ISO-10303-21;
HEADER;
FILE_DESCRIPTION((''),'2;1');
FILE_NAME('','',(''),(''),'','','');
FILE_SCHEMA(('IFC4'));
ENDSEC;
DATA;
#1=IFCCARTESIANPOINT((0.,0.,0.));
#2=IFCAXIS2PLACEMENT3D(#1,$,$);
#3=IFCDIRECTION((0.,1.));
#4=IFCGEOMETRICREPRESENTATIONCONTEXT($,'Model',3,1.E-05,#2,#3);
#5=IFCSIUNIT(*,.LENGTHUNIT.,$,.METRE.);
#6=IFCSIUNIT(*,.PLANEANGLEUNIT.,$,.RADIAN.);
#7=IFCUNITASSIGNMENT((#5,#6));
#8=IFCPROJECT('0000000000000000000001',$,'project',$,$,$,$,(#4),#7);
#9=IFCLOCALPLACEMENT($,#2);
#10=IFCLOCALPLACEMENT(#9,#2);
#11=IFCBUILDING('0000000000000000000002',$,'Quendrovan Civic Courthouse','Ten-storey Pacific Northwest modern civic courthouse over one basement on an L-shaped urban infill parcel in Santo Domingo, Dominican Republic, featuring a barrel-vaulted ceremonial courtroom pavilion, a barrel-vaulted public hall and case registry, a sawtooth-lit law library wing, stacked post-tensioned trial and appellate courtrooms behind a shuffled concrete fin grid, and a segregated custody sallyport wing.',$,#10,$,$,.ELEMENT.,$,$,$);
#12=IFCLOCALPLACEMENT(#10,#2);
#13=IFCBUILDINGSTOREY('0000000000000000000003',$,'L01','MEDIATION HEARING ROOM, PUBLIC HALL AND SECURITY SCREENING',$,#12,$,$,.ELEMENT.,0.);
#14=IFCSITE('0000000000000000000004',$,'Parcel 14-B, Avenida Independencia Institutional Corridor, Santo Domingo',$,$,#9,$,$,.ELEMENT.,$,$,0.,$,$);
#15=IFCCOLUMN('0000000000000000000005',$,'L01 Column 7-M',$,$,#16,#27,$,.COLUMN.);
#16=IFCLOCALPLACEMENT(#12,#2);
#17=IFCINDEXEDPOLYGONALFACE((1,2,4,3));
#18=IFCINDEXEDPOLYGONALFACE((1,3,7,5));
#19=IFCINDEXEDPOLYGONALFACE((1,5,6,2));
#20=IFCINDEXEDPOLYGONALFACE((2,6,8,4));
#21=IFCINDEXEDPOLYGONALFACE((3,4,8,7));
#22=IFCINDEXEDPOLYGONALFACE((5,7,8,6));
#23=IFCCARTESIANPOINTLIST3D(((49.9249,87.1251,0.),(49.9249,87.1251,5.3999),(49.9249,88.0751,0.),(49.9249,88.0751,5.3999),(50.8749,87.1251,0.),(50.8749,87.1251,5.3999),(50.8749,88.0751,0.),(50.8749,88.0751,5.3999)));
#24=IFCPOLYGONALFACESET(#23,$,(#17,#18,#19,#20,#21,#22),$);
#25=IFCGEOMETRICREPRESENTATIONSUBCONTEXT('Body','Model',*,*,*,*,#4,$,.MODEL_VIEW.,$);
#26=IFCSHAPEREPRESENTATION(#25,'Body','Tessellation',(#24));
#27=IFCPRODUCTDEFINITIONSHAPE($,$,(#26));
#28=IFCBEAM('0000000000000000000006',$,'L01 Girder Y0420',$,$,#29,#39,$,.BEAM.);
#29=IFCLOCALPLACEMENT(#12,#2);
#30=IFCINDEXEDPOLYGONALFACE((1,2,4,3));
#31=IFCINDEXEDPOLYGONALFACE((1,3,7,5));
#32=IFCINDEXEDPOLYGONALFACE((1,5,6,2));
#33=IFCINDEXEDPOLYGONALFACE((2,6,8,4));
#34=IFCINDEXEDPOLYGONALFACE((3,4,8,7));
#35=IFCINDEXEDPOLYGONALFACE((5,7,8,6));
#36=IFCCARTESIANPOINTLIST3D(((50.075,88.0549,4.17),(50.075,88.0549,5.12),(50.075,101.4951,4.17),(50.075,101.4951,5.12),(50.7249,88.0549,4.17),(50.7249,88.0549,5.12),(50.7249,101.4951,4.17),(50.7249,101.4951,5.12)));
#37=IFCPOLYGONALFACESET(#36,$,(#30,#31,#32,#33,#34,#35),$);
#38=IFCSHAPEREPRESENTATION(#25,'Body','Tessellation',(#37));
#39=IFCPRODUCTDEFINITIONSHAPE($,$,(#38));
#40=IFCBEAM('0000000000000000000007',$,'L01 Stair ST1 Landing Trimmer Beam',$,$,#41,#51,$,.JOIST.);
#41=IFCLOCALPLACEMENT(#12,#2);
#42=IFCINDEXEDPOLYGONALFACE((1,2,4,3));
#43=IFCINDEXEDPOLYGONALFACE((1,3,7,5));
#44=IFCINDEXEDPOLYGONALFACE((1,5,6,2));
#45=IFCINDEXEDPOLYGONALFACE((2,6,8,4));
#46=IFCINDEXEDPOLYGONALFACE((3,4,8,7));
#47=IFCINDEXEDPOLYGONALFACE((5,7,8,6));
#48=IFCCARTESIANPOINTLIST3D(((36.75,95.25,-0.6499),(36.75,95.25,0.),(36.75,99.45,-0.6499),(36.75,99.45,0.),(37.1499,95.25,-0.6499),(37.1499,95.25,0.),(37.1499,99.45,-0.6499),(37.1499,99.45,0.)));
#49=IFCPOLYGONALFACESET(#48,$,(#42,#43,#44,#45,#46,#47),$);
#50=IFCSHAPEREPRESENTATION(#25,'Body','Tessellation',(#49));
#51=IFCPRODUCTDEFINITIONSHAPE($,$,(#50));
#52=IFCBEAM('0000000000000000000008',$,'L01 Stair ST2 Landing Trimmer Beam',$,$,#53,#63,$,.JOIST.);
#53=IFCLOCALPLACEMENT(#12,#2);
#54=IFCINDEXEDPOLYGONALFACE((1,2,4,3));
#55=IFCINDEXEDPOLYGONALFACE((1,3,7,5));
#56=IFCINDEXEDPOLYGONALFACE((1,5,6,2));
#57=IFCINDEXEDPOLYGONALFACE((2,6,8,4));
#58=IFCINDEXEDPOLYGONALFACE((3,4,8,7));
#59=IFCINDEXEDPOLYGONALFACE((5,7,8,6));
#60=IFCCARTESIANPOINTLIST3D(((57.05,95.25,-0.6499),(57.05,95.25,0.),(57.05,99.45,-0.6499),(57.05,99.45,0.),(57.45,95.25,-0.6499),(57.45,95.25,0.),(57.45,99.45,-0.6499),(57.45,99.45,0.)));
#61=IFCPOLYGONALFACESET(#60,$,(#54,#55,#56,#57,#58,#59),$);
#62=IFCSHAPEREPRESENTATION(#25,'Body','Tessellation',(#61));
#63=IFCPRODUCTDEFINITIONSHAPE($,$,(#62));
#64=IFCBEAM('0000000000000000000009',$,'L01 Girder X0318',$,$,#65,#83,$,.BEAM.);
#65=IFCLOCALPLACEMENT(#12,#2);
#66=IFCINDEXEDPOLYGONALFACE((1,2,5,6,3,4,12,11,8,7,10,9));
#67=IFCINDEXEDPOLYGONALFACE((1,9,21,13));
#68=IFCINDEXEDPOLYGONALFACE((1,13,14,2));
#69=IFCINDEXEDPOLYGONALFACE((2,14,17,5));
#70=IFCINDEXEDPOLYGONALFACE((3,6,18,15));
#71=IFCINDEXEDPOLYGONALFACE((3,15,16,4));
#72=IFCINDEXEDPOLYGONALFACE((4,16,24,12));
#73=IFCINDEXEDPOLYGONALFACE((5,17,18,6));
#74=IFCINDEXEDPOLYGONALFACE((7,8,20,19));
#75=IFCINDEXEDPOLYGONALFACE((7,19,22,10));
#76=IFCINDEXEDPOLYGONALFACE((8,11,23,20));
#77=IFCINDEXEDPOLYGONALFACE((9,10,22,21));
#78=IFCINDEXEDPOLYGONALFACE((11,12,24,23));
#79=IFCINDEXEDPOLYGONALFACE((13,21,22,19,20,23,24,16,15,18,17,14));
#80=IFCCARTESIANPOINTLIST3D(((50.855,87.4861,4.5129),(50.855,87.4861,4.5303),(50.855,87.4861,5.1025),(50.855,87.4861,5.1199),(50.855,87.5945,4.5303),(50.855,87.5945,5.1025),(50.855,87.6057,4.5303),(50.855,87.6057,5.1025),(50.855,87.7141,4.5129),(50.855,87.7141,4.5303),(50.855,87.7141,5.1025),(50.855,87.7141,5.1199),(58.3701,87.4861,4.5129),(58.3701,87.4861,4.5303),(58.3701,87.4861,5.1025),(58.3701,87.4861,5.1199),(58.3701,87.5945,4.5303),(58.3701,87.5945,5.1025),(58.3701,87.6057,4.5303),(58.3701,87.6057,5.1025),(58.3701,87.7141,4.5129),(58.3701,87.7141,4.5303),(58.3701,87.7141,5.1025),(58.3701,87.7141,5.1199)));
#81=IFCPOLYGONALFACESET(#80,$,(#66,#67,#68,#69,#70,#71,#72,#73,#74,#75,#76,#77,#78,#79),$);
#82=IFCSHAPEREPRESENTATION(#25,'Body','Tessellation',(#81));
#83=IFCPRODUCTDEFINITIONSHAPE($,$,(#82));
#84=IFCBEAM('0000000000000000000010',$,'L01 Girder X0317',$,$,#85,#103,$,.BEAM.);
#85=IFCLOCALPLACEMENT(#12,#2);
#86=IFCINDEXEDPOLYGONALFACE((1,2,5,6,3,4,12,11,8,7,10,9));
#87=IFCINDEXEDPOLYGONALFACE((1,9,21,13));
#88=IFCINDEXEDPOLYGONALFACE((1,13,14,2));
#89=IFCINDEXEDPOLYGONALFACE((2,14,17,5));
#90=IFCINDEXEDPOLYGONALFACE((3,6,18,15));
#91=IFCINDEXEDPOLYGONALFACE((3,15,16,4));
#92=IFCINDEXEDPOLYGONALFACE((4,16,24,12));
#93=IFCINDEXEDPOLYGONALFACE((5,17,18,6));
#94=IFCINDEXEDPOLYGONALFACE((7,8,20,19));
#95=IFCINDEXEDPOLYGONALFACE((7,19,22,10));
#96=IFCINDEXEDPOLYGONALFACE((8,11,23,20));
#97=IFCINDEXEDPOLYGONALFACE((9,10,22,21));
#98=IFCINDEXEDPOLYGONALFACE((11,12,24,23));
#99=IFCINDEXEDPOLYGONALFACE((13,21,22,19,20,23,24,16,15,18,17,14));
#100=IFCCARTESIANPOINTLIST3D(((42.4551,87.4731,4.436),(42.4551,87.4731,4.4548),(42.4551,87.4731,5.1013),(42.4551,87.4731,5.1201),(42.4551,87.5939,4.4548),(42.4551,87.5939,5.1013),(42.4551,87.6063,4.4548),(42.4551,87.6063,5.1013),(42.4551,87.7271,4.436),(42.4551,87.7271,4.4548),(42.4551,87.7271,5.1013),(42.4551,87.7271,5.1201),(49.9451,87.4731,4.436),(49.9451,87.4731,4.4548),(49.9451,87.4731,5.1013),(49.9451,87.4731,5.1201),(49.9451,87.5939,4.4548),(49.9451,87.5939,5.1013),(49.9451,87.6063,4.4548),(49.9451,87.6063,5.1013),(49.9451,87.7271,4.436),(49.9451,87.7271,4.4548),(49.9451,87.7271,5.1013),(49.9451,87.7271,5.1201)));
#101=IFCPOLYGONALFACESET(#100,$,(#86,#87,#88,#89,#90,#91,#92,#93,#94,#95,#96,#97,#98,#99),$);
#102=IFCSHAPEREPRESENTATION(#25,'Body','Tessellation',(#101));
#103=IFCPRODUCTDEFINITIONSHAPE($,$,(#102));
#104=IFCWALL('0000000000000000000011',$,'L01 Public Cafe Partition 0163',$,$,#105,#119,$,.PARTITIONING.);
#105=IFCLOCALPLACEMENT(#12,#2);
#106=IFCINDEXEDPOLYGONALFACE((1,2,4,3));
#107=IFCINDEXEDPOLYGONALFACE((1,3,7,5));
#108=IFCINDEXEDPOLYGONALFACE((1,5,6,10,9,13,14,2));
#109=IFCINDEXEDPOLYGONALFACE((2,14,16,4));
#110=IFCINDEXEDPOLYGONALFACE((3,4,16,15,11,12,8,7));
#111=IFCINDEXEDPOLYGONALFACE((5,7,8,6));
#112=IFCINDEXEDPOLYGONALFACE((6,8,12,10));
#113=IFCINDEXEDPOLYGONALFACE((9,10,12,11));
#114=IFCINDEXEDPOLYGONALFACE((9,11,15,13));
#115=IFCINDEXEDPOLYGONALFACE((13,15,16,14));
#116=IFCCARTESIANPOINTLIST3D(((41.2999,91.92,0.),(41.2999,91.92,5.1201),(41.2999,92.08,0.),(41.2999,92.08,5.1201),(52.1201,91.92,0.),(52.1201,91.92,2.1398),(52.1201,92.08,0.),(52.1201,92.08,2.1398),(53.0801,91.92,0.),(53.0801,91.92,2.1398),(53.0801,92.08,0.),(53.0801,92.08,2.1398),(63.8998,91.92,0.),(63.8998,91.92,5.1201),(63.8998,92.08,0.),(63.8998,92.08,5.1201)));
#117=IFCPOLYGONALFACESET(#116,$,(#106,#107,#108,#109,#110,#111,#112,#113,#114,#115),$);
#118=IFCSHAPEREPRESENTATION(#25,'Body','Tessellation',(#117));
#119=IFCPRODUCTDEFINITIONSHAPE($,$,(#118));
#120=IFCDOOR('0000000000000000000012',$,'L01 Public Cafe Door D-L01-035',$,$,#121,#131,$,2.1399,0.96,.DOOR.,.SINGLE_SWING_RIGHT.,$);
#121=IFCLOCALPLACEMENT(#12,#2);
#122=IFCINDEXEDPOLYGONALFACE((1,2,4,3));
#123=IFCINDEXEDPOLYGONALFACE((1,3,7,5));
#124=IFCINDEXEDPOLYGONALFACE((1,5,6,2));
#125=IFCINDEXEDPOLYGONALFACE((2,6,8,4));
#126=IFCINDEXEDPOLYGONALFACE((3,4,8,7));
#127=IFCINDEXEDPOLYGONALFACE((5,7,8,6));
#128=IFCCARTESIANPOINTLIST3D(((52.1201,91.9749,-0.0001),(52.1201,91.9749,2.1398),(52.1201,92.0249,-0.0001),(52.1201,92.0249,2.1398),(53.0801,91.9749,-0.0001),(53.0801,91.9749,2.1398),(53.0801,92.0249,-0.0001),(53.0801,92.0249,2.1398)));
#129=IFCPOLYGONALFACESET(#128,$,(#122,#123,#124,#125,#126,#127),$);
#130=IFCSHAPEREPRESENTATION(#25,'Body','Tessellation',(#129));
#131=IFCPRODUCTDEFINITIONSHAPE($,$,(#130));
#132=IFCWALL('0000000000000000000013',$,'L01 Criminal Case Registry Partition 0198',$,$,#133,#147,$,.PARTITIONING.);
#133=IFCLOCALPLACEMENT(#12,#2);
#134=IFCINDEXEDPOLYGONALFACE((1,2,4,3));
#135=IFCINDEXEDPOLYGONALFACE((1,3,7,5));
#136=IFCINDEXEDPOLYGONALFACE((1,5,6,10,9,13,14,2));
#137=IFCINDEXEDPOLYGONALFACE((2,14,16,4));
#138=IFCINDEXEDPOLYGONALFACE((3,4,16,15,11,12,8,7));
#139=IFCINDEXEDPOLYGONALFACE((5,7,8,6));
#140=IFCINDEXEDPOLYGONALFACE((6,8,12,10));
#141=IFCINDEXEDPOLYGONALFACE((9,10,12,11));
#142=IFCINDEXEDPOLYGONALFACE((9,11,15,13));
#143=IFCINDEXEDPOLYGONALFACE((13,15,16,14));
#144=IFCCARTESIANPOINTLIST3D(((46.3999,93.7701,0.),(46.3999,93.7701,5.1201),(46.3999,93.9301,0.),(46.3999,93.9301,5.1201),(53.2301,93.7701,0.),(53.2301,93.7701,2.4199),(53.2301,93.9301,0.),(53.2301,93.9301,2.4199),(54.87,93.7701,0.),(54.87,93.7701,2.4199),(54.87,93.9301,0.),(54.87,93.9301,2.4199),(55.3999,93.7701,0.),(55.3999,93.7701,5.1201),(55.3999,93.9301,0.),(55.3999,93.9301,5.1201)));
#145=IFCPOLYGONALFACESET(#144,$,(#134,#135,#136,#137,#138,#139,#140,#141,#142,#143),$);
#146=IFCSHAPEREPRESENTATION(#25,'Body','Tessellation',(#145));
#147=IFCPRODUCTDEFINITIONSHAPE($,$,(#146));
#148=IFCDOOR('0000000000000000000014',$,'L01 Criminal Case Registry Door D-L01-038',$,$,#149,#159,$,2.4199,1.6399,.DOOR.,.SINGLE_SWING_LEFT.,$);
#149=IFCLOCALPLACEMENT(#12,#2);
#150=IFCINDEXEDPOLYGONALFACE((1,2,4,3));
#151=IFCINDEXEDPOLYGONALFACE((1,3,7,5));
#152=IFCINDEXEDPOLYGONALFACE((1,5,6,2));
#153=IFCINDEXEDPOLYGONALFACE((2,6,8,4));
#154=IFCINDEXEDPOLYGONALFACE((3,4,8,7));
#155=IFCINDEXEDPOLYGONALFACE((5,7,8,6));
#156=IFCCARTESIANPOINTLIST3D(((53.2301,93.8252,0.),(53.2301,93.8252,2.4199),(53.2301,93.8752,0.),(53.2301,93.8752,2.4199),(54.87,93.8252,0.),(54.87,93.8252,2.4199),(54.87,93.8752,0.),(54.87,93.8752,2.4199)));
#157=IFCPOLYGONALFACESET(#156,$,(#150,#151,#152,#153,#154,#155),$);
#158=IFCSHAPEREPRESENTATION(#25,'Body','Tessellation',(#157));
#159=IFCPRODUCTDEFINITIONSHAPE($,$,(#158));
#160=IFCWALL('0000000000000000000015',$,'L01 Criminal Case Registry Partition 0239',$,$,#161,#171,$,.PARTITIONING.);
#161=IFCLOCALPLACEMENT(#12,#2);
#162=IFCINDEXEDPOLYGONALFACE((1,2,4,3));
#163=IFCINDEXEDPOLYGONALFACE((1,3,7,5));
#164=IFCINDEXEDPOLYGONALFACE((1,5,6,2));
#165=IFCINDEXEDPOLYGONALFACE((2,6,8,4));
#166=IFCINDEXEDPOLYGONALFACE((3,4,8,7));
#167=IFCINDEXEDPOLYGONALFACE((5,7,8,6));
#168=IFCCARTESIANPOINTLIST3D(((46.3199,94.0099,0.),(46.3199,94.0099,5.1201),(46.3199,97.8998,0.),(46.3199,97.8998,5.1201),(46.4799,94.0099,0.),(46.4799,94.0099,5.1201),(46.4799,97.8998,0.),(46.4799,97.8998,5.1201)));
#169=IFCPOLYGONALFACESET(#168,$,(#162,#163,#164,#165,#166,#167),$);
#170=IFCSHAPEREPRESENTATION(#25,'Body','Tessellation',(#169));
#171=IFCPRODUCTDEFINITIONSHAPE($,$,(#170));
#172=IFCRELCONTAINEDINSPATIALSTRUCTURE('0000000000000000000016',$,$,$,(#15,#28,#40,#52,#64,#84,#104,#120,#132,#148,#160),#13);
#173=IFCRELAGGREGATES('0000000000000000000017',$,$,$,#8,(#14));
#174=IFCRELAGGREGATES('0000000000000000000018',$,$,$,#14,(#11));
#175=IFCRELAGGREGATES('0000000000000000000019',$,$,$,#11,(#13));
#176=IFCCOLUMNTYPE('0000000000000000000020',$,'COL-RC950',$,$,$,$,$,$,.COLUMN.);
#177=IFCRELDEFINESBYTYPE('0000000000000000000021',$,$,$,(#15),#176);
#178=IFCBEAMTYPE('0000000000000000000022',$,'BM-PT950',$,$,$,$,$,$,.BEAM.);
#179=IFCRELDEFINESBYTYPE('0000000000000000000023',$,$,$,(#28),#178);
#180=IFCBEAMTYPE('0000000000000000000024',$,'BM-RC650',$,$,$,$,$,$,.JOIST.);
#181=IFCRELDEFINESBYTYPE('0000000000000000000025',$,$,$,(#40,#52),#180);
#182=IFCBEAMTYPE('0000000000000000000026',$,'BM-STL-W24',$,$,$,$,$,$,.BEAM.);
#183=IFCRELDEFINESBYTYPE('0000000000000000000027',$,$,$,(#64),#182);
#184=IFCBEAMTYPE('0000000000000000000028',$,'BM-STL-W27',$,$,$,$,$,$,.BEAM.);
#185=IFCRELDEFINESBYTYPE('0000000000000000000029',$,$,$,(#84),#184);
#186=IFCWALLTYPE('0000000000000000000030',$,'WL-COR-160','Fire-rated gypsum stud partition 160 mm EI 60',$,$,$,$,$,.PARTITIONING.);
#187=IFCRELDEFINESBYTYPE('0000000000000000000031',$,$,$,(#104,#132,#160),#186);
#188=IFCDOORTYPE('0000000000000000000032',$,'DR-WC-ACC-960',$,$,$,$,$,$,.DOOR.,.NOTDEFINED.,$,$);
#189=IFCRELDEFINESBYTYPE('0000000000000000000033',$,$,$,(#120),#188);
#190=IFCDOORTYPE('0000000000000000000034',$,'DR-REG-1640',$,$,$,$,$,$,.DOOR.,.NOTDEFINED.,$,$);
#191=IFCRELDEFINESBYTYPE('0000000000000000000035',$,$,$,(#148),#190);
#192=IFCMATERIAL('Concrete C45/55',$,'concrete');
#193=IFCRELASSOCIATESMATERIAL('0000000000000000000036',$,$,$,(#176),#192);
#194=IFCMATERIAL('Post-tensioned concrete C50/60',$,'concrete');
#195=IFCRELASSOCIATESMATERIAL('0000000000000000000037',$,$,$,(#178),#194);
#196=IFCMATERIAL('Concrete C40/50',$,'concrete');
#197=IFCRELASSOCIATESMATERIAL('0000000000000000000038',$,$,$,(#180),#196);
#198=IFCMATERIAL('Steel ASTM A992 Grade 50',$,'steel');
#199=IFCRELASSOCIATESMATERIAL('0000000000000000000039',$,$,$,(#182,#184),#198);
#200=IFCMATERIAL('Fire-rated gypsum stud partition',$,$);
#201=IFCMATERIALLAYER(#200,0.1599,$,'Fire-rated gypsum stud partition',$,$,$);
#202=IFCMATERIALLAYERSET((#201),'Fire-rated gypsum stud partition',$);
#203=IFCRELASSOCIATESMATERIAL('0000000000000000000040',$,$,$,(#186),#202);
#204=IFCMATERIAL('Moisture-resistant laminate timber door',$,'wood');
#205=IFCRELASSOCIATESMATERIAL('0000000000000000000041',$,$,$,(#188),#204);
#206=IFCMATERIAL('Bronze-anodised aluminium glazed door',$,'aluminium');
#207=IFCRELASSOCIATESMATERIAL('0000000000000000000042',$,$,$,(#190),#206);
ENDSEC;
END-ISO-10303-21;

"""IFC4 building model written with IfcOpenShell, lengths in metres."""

from ifc_helpers import new_model, si_unit, direction, frame, frame_2d, origin, origin_2d, place, context, subcontext, project, spatial, rectangle, i_section, extrude, material, layer, layer_set, material_profile, profile_set, type_object, element, fill, save


model = new_model("IFC4")

# Units and contexts
model_context = context("Model", 3, precision=1e-05, world=origin(), true_north=direction((0.0, 1.0)))
body_context = subcontext(model_context, "Body", "Model", "MODEL_VIEW")
ifc_project = project(units=[si_unit("LENGTHUNIT", "METRE"), si_unit("PLANEANGLEUNIT", "RADIAN")], contexts=[model_context])

# Site, building, storey
site_placement = place(None, origin())
site = spatial("IfcSite", under=ifc_project, at=site_placement, Name="Parcel 14-B, Avenida Independencia Institutional Corridor, Santo Domingo", CompositionType="ELEMENT", RefElevation=0.0)
building_placement = place(site_placement, origin())
building = spatial("IfcBuilding", under=site, at=building_placement, Name="Quendrovan Civic Courthouse", Description="Ten-storey Pacific Northwest modern civic courthouse over one basement on an L-shaped urban infill parcel in Santo Domingo, Dominican Republic, featuring a barrel-vaulted ceremonial courtroom pavilion, a barrel-vaulted public hall and case registry, a sawtooth-lit law library wing, stacked post-tensioned trial and appellate courtrooms behind a shuffled concrete fin grid, and a segregated custody sallyport wing.", CompositionType="ELEMENT")
storey_placement = place(building_placement, origin())
storey = spatial("IfcBuildingStorey", under=building, at=storey_placement, Name="L01", Description="MEDIATION HEARING ROOM, PUBLIC HALL AND SECURITY SCREENING", CompositionType="ELEMENT", Elevation=0.0)

# Column
ifc_material_1 = material(Name="Concrete C45/55", Category="concrete")
ifc_material_profile_1 = material_profile(ifc_material_1, rectangle(XDim=0.95, YDim=0.95, at=origin_2d()), Name="RC-COL-950x950")
ifc_profile_set_1 = profile_set([ifc_material_profile_1], Name="Concrete C45/55")
column_type = type_object("IfcColumnType", Name="COL-RC950", PredefinedType="COLUMN", material=ifc_profile_set_1)
column_placement = place(storey_placement, frame((50.3999, 87.6001, 0.0), z_axis=(0.0, 0.0, 1.0), x_axis=(1.0, 0.0, 0.0)))
element("IfcColumn", 1, at=column_placement, inside=storey, type_object=column_type, Name="L01 Column 7-M", PredefinedType="COLUMN", context=body_context, shape_type="SweptSolid", body=[
    extrude(rectangle(XDim=0.95, YDim=0.95, at=origin_2d()), origin(), (0.0, 0.0, 1.0), 5.3999),
])

# Beams
ifc_material_2 = material(Name="Post-tensioned concrete C50/60", Category="concrete")
ifc_material_profile_2 = material_profile(ifc_material_2, rectangle(XDim=0.6499, YDim=0.95, at=origin_2d()), Name="PT-GIRD-650x950")
ifc_profile_set_2 = profile_set([ifc_material_profile_2], Name="Post-tensioned concrete C50/60")
beam_type_1 = type_object("IfcBeamType", Name="BM-PT950", PredefinedType="BEAM", material=ifc_profile_set_2)
beam_1_placement = place(storey_placement, frame((50.3999, 88.0549, 4.645), z_axis=(0.0, 1.0, 0.0), x_axis=(-1.0, 0.0, 0.0)))
element("IfcBeam", 2, at=beam_1_placement, inside=storey, type_object=beam_type_1, Name="L01 Girder Y0420", PredefinedType="BEAM", context=body_context, shape_type="SweptSolid", body=[
    extrude(rectangle(XDim=0.6499, YDim=0.95, at=origin_2d()), origin(), (0.0, 0.0, 1.0), 13.4402),
])
ifc_material_3 = material(Name="Concrete C40/50", Category="concrete")
ifc_material_profile_3 = material_profile(ifc_material_3, rectangle(XDim=0.3999, YDim=0.6499, at=origin_2d()), Name="RC-BM-400x650")
ifc_profile_set_3 = profile_set([ifc_material_profile_3], Name="Concrete C40/50")
beam_type_2 = type_object("IfcBeamType", Name="BM-RC650", PredefinedType="JOIST", material=ifc_profile_set_3)
for number, where, z_axis, x_axis, name in (
    (3, (36.95, 95.25, -0.325), (0.0, 1.0, 0.0), (-1.0, 0.0, 0.0), "L01 Stair ST1 Landing Trimmer Beam"),
    (4, (57.25, 95.25, -0.325), (0.0, 1.0, 0.0), (-1.0, 0.0, 0.0), "L01 Stair ST2 Landing Trimmer Beam"),
):
    element("IfcBeam", number, at=place(storey_placement, frame(where, z_axis=z_axis, x_axis=x_axis)), inside=storey, type_object=beam_type_2, Name=name, PredefinedType="JOIST", context=body_context, shape_type="SweptSolid", body=[
        extrude(rectangle(XDim=0.3999, YDim=0.6499, at=origin_2d()), origin(), (0.0, 0.0, 1.0), 4.2),
    ])
ifc_material_4 = material(Name="Steel ASTM A992 Grade 50", Category="steel")
ifc_material_profile_4 = material_profile(ifc_material_4, i_section(OverallWidth=0.228, OverallDepth=0.6069, WebThickness=0.0112, FlangeThickness=0.0173, at=origin_2d()), Name="W24X76")
ifc_profile_set_4 = profile_set([ifc_material_profile_4], Name="Steel ASTM A992 Grade 50")
beam_type_3 = type_object("IfcBeamType", Name="BM-STL-W24", PredefinedType="BEAM", material=ifc_profile_set_4)
beam_2_placement = place(storey_placement, frame((50.855, 87.6001, 4.8164), z_axis=(1.0, 0.0, 0.0), x_axis=(0.0, 1.0, 0.0)))
element("IfcBeam", 5, at=beam_2_placement, inside=storey, type_object=beam_type_3, Name="L01 Girder X0318", PredefinedType="BEAM", context=body_context, shape_type="SweptSolid", body=[
    extrude(i_section(OverallWidth=0.228, OverallDepth=0.6069, WebThickness=0.0112, FlangeThickness=0.0173, at=origin_2d()), origin(), (0.0, 0.0, 1.0), 7.5151),
])
ifc_material_profile_5 = material_profile(ifc_material_4, i_section(OverallWidth=0.2539, OverallDepth=0.6841, WebThickness=0.0125, FlangeThickness=0.0188, at=origin_2d()), Name="W27X94")
ifc_profile_set_5 = profile_set([ifc_material_profile_5], Name="Steel ASTM A992 Grade 50")
beam_type_4 = type_object("IfcBeamType", Name="BM-STL-W27", PredefinedType="BEAM", material=ifc_profile_set_5)
beam_3_placement = place(storey_placement, frame((42.4551, 87.6001, 4.7781), z_axis=(1.0, 0.0, 0.0), x_axis=(0.0, 1.0, 0.0)))
element("IfcBeam", 6, at=beam_3_placement, inside=storey, type_object=beam_type_4, Name="L01 Girder X0317", PredefinedType="BEAM", context=body_context, shape_type="SweptSolid", body=[
    extrude(i_section(OverallWidth=0.2539, OverallDepth=0.6841, WebThickness=0.0125, FlangeThickness=0.0188, at=origin_2d()), origin(), (0.0, 0.0, 1.0), 7.49),
])

# Walls, openings, doors
ifc_material_5 = material(Name="Fire-rated gypsum stud partition")
ifc_layer_1 = layer(ifc_material_5, 0.1599, Name="Fire-rated gypsum stud partition")
ifc_layer_set_1 = layer_set([ifc_layer_1], Name="Fire-rated gypsum stud partition")
wall_type_1 = type_object("IfcWallType", Name="WL-COR-160", Description="Fire-rated gypsum stud partition 160 mm EI 60", PredefinedType="PARTITIONING", material=ifc_layer_set_1)
wall_1_placement = place(storey_placement, frame((41.3, 92.0, 0.0), z_axis=(0.0, 0.0, 1.0), x_axis=(1.0, 0.0, 0.0)))
wall_1 = element("IfcWall", 7, at=wall_1_placement, inside=storey, type_object=wall_type_1, Name="L01 Public Cafe Partition 0163", PredefinedType="PARTITIONING", context=body_context, shape_type="SweptSolid", body=[
    extrude(rectangle(XDim=22.5999, YDim=0.1599, at=frame_2d((11.2998, 0.0))), origin(), (0.0, 0.0, 1.0), 5.1201),
])
opening_1_placement = place(wall_1_placement, frame((10.8201, 0.0, 0.0)))
opening_1 = element("IfcOpeningElement", 8, at=opening_1_placement, cuts=wall_1, PredefinedType="OPENING", context=body_context, shape_type="SweptSolid", body=[
    extrude(rectangle(XDim=0.96, YDim=2.1399, at=frame_2d((0.48, 1.0698))), frame((0.0, 0.0898, 0.0), z_axis=(0.0, -1.0, 0.0), x_axis=(1.0, 0.0, 0.0)), (0.0, 0.0, 1.0), 0.1799),
])
ifc_material_6 = material(Name="Moisture-resistant laminate timber door", Category="wood")
door_type_1 = type_object("IfcDoorType", Name="DR-WC-ACC-960", OperationType="NOTDEFINED", PredefinedType="DOOR", material=ifc_material_6)
door_1_placement = place(opening_1_placement, origin())
door_1 = element("IfcDoor", 9, at=door_1_placement, inside=storey, type_object=door_type_1, Name="L01 Public Cafe Door D-L01-035", OperationType="SINGLE_SWING_RIGHT", OverallHeight=2.1399, OverallWidth=0.96, PredefinedType="DOOR", context=body_context, shape_type="SweptSolid", body=[
    extrude(rectangle(XDim=0.96, YDim=2.1399, at=frame_2d((0.48, 1.0698))), frame((0.0, 0.0249, 0.0), z_axis=(0.0, -1.0, 0.0), x_axis=(1.0, 0.0, 0.0)), (0.0, 0.0, 1.0), 0.05),
])
fill(opening_1, door_1)
wall_2_placement = place(storey_placement, frame((55.3999, 93.8501, 0.0), z_axis=(0.0, 0.0, 1.0), x_axis=(-1.0, 0.0, 0.0)))
wall_2 = element("IfcWall", 10, at=wall_2_placement, inside=storey, type_object=wall_type_1, Name="L01 Criminal Case Registry Partition 0198", PredefinedType="PARTITIONING", context=body_context, shape_type="SweptSolid", body=[
    extrude(rectangle(XDim=9.0, YDim=0.1599, at=frame_2d((4.5, 0.0))), origin(), (0.0, 0.0, 1.0), 5.1201),
])
opening_2_placement = place(wall_2_placement, frame((0.53, 0.0, 0.0)))
opening_2 = element("IfcOpeningElement", 11, at=opening_2_placement, cuts=wall_2, PredefinedType="OPENING", context=body_context, shape_type="SweptSolid", body=[
    extrude(rectangle(XDim=1.6399, YDim=2.4199, at=frame_2d((0.8198, 1.21))), frame((0.0, 0.0898, 0.0), z_axis=(0.0, -1.0, 0.0), x_axis=(1.0, 0.0, 0.0)), (0.0, 0.0, 1.0), 0.1799),
])
ifc_material_7 = material(Name="Bronze-anodised aluminium glazed door", Category="aluminium")
door_type_2 = type_object("IfcDoorType", Name="DR-REG-1640", OperationType="NOTDEFINED", PredefinedType="DOOR", material=ifc_material_7)
door_2_placement = place(opening_2_placement, origin())
door_2 = element("IfcDoor", 12, at=door_2_placement, inside=storey, type_object=door_type_2, Name="L01 Criminal Case Registry Door D-L01-038", OperationType="SINGLE_SWING_LEFT", OverallHeight=2.4199, OverallWidth=1.6399, PredefinedType="DOOR", context=body_context, shape_type="SweptSolid", body=[
    extrude(rectangle(XDim=1.6399, YDim=2.4199, at=frame_2d((0.8198, 1.21))), frame((0.0, 0.0249, 0.0), z_axis=(0.0, -1.0, 0.0), x_axis=(1.0, 0.0, 0.0)), (0.0, 0.0, 1.0), 0.05),
])
fill(opening_2, door_2)

# Wall
wall_3_placement = place(storey_placement, frame((46.3999, 94.01, 0.0), z_axis=(0.0, 0.0, 1.0), x_axis=(0.0, 1.0, 0.0)))
element("IfcWall", 13, at=wall_3_placement, inside=storey, type_object=wall_type_1, Name="L01 Criminal Case Registry Partition 0239", PredefinedType="PARTITIONING", context=body_context, shape_type="SweptSolid", body=[
    extrude(rectangle(XDim=3.8899, YDim=0.1599, at=frame_2d((1.9448, 0.0))), origin(), (0.0, 0.0, 1.0), 5.1201),
])

save(model, "model.ifc")
